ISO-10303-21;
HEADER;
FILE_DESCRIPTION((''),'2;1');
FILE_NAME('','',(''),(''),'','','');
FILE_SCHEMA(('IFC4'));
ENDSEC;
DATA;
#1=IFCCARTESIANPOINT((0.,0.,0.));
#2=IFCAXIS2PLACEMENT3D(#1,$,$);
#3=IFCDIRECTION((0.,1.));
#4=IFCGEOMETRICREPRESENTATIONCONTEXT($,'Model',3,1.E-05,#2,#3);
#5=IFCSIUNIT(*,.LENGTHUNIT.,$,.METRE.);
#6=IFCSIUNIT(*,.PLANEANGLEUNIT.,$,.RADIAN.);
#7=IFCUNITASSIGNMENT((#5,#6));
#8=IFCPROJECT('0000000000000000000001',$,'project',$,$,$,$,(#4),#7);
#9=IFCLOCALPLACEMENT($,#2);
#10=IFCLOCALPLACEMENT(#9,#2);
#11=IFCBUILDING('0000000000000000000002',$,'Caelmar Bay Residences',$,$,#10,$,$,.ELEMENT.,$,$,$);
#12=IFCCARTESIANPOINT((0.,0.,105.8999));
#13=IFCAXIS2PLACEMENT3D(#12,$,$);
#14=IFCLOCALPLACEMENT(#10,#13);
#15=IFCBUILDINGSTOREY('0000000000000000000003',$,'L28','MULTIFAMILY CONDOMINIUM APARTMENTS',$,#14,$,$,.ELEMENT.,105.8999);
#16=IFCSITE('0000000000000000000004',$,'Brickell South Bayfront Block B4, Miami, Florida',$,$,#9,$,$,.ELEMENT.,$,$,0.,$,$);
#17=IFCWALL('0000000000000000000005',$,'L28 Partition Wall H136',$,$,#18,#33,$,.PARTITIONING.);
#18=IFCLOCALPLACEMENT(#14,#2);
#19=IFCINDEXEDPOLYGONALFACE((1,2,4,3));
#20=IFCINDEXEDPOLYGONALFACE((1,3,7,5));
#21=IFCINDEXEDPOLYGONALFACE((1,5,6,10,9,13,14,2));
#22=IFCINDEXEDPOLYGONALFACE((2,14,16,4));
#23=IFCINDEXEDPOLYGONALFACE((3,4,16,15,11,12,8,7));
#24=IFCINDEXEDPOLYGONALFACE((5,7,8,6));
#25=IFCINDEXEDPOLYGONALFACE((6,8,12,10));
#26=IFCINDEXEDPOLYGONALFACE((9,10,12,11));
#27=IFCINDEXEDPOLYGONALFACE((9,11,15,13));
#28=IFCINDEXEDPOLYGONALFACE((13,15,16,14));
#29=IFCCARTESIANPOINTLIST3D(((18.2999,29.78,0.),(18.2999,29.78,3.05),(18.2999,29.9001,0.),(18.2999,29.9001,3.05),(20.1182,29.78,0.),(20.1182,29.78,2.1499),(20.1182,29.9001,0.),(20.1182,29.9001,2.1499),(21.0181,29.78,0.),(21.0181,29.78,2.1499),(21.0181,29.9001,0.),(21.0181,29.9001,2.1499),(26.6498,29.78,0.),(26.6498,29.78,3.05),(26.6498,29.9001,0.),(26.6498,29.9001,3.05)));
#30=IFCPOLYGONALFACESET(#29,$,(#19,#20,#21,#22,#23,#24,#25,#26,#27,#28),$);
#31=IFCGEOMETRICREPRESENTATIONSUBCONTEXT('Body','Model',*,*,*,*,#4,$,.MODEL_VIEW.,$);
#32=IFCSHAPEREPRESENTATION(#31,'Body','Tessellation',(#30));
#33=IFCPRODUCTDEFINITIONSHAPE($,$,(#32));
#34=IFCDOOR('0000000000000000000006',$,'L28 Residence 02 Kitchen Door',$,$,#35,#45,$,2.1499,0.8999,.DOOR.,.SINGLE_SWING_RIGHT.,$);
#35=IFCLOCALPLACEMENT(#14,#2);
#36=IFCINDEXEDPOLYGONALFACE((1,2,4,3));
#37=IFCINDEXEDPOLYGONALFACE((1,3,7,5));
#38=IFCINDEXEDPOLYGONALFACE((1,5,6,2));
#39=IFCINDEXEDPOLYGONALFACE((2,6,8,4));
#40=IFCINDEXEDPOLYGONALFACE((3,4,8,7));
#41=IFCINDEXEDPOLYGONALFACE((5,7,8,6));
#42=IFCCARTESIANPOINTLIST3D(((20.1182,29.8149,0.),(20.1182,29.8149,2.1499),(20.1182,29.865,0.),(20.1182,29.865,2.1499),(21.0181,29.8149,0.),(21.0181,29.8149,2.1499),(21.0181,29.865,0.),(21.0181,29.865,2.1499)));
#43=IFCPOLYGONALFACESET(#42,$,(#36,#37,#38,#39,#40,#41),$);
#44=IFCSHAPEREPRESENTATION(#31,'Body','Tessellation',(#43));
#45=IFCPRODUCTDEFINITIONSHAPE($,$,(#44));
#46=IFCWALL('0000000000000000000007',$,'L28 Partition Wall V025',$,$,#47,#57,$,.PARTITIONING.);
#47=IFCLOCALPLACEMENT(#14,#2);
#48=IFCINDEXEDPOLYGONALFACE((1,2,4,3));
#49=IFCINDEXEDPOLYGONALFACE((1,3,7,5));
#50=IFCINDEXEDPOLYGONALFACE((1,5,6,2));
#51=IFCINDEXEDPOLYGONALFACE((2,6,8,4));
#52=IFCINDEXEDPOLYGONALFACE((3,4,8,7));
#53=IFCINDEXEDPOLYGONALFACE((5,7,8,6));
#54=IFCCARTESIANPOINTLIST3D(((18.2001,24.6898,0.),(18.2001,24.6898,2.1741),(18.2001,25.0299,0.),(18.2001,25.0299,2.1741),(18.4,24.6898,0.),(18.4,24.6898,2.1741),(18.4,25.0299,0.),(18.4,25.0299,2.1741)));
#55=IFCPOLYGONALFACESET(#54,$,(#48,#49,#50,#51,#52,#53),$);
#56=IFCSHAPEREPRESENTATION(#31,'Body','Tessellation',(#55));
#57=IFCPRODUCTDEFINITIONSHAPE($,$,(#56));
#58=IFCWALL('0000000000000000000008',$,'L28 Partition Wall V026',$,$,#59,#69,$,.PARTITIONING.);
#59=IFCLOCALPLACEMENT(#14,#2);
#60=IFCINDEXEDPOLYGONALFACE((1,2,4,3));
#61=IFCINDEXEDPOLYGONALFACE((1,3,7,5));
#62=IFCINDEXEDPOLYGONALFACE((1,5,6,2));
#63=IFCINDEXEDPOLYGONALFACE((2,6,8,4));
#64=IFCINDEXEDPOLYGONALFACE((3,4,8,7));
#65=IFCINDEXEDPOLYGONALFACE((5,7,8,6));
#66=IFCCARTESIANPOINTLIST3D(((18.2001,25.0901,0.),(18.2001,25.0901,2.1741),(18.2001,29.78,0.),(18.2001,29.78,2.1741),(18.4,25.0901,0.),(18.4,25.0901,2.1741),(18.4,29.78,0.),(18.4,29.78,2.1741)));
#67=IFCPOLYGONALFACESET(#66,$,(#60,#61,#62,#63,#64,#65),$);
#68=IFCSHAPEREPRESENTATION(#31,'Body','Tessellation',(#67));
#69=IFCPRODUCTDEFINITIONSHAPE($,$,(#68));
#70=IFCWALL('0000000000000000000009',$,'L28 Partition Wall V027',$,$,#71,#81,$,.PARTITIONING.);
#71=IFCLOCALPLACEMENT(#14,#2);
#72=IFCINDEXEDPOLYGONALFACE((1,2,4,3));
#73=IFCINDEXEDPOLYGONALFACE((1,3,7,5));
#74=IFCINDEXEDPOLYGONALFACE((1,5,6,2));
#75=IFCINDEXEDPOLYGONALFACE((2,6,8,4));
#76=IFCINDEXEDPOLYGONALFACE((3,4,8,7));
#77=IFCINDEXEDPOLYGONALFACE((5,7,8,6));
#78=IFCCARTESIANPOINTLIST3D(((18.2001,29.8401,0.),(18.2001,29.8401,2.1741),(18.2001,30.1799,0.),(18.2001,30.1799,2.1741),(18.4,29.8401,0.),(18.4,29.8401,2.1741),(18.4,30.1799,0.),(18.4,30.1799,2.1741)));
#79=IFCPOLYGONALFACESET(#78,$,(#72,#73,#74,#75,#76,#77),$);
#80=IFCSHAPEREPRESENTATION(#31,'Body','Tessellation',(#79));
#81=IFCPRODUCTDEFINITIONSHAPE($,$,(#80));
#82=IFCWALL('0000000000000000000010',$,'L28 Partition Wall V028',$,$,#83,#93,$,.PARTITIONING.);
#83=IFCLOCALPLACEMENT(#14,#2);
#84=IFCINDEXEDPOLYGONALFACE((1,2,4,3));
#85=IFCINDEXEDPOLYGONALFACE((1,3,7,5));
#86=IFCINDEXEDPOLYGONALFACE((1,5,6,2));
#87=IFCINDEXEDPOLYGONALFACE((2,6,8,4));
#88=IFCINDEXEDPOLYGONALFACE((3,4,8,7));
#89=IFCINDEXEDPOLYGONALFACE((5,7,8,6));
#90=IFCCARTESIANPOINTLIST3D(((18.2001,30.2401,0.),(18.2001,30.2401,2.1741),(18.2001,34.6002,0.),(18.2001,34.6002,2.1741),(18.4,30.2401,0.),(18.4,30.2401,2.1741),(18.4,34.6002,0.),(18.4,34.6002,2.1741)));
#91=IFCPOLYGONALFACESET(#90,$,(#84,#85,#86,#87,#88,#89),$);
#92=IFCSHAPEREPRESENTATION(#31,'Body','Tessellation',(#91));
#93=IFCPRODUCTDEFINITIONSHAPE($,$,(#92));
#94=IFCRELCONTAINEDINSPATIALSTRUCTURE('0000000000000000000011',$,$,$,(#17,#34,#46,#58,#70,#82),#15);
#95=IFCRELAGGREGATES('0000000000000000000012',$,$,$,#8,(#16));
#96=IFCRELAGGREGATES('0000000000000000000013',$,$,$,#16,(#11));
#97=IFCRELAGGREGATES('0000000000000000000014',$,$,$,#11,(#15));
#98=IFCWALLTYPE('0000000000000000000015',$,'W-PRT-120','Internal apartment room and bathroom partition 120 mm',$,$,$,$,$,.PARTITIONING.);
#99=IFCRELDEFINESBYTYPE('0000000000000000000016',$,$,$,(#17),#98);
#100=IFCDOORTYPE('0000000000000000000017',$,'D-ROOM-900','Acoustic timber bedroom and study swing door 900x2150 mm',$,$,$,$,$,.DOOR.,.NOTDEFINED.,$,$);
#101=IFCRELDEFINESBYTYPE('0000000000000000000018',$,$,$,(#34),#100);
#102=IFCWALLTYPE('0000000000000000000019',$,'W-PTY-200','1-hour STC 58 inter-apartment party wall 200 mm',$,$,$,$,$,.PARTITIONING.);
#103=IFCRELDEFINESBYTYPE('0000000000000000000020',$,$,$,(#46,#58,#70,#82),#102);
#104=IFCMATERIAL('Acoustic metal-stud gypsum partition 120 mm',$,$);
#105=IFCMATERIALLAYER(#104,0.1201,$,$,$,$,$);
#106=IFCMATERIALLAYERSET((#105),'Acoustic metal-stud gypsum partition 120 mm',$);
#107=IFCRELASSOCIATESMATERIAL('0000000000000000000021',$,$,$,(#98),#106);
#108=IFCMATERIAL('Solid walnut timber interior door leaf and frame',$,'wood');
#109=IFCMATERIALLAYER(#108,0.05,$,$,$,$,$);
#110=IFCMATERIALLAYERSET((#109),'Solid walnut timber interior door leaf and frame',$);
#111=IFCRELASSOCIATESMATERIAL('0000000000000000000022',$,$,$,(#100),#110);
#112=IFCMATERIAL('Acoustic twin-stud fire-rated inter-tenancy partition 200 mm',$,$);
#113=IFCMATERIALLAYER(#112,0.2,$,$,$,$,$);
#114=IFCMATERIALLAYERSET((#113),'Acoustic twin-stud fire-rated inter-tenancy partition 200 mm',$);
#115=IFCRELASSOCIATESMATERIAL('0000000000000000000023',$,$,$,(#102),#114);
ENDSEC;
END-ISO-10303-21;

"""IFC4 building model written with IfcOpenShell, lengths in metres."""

from ifc_helpers import new_model, si_unit, direction, frame, frame_2d, origin, place, context, subcontext, project, spatial, rectangle, extrude, material, layer, layer_set, type_object, element, fill, save


model = new_model("IFC4")

# Units and contexts
model_context = context("Model", 3, precision=1e-05, world=origin(), true_north=direction((0.0, 1.0)))
body_context = subcontext(model_context, "Body", "Model", "MODEL_VIEW")
ifc_project = project(units=[si_unit("LENGTHUNIT", "METRE"), si_unit("PLANEANGLEUNIT", "RADIAN")], contexts=[model_context])

# Site, building, storey
site_placement = place(None, origin())
site = spatial("IfcSite", under=ifc_project, at=site_placement, Name="Brickell South Bayfront Block B4, Miami, Florida", CompositionType="ELEMENT", RefElevation=0.0)
building_placement = place(site_placement, origin())
building = spatial("IfcBuilding", under=site, at=building_placement, Name="Caelmar Bay Residences", CompositionType="ELEMENT")
storey_placement = place(building_placement, frame((0.0, 0.0, 105.8999)))
storey = spatial("IfcBuildingStorey", under=building, at=storey_placement, Name="L28", Description="MULTIFAMILY CONDOMINIUM APARTMENTS", CompositionType="ELEMENT", Elevation=105.8999)

# Shared definitions
ifc_material_1 = material(Name="Acoustic metal-stud gypsum partition 120 mm")
ifc_layer_1 = layer(ifc_material_1, 0.1201)
ifc_layer_set_1 = layer_set([ifc_layer_1], Name="Acoustic metal-stud gypsum partition 120 mm")
wall_type_1 = type_object("IfcWallType", Name="W-PRT-120", Description="Internal apartment room and bathroom partition 120 mm", PredefinedType="PARTITIONING", material=ifc_layer_set_1)

# Shared definitions
ifc_material_2 = material(Name="Solid walnut timber interior door leaf and frame", Category="wood")
ifc_layer_2 = layer(ifc_material_2, 0.05)
ifc_layer_set_2 = layer_set([ifc_layer_2], Name="Solid walnut timber interior door leaf and frame")
door_type_1 = type_object("IfcDoorType", Name="D-ROOM-900", Description="Acoustic timber bedroom and study swing door 900x2150 mm", OperationType="NOTDEFINED", PredefinedType="DOOR", material=ifc_layer_set_2)

# Wall, opening, door
wall_1_placement = place(storey_placement, frame((18.3, 29.8401, 0.0), z_axis=(0.0, 0.0, 1.0), x_axis=(1.0, 0.0, 0.0)))
wall_1 = element("IfcWall", 1, at=wall_1_placement, inside=storey, type_object=wall_type_1, Name="L28 Partition Wall H136", PredefinedType="PARTITIONING", context=body_context, shape_type="SweptSolid", body=[
    extrude(rectangle(XDim=8.3499, YDim=0.1201, at=frame_2d((4.1748, 0.0))), origin(), (0.0, 0.0, 1.0), 3.05),
])
opening_1_placement = place(wall_1_placement, frame((1.8181, 0.0, 0.0)))
opening_1 = element("IfcOpeningElement", 2, at=opening_1_placement, cuts=wall_1, PredefinedType="OPENING", context=body_context, shape_type="SweptSolid", body=[
    extrude(rectangle(XDim=0.8999, YDim=2.1499, at=frame_2d((0.45, 1.075))), frame((0.0, 0.0701, 0.0), z_axis=(0.0, -1.0, 0.0), x_axis=(1.0, 0.0, 0.0)), (0.0, 0.0, 1.0), 0.1401),
])
door_1_placement = place(opening_1_placement, origin())
door_1 = element("IfcDoor", 3, at=door_1_placement, inside=storey, type_object=door_type_1, Name="L28 Residence 02 Kitchen Door", OperationType="SINGLE_SWING_RIGHT", OverallHeight=2.1499, OverallWidth=0.8999, PredefinedType="DOOR", context=body_context, shape_type="SweptSolid", body=[
    extrude(rectangle(XDim=0.8999, YDim=2.1499, at=frame_2d((0.45, 1.075))), frame((0.0, 0.0249, 0.0), z_axis=(0.0, -1.0, 0.0), x_axis=(1.0, 0.0, 0.0)), (0.0, 0.0, 1.0), 0.05),
])
fill(opening_1, door_1)

# Walls
ifc_material_3 = material(Name="Acoustic twin-stud fire-rated inter-tenancy partition 200 mm")
ifc_layer_3 = layer(ifc_material_3, 0.2)
ifc_layer_set_3 = layer_set([ifc_layer_3], Name="Acoustic twin-stud fire-rated inter-tenancy partition 200 mm")
wall_type_2 = type_object("IfcWallType", Name="W-PTY-200", Description="1-hour STC 58 inter-apartment party wall 200 mm", PredefinedType="PARTITIONING", material=ifc_layer_set_3)
wall_2_placement = place(storey_placement, frame((18.3, 24.6899, 0.0), z_axis=(0.0, 0.0, 1.0), x_axis=(0.0, 1.0, 0.0)))
element("IfcWall", 4, at=wall_2_placement, inside=storey, type_object=wall_type_2, Name="L28 Partition Wall V025", PredefinedType="PARTITIONING", context=body_context, shape_type="SweptSolid", body=[
    extrude(rectangle(XDim=0.3401, YDim=0.2, at=frame_2d((0.1699, 0.0))), origin(), (0.0, 0.0, 1.0), 2.1741),
])
wall_3_placement = place(storey_placement, frame((18.3, 25.0901, 0.0), z_axis=(0.0, 0.0, 1.0), x_axis=(0.0, 1.0, 0.0)))
element("IfcWall", 5, at=wall_3_placement, inside=storey, type_object=wall_type_2, Name="L28 Partition Wall V026", PredefinedType="PARTITIONING", context=body_context, shape_type="SweptSolid", body=[
    extrude(rectangle(XDim=4.6899, YDim=0.2, at=frame_2d((2.345, 0.0))), origin(), (0.0, 0.0, 1.0), 2.1741),
])
wall_4_placement = place(storey_placement, frame((18.3, 29.8401, 0.0), z_axis=(0.0, 0.0, 1.0), x_axis=(0.0, 1.0, 0.0)))
element("IfcWall", 6, at=wall_4_placement, inside=storey, type_object=wall_type_2, Name="L28 Partition Wall V027", PredefinedType="PARTITIONING", context=body_context, shape_type="SweptSolid", body=[
    extrude(rectangle(XDim=0.3398, YDim=0.2, at=frame_2d((0.1699, 0.0))), origin(), (0.0, 0.0, 1.0), 2.1741),
])
wall_5_placement = place(storey_placement, frame((18.3, 30.24, 0.0), z_axis=(0.0, 0.0, 1.0), x_axis=(0.0, 1.0, 0.0)))
element("IfcWall", 7, at=wall_5_placement, inside=storey, type_object=wall_type_2, Name="L28 Partition Wall V028", PredefinedType="PARTITIONING", context=body_context, shape_type="SweptSolid", body=[
    extrude(rectangle(XDim=4.3601, YDim=0.2, at=frame_2d((2.1802, 0.0))), origin(), (0.0, 0.0, 1.0), 2.1741),
])

save(model, "model.ifc")
